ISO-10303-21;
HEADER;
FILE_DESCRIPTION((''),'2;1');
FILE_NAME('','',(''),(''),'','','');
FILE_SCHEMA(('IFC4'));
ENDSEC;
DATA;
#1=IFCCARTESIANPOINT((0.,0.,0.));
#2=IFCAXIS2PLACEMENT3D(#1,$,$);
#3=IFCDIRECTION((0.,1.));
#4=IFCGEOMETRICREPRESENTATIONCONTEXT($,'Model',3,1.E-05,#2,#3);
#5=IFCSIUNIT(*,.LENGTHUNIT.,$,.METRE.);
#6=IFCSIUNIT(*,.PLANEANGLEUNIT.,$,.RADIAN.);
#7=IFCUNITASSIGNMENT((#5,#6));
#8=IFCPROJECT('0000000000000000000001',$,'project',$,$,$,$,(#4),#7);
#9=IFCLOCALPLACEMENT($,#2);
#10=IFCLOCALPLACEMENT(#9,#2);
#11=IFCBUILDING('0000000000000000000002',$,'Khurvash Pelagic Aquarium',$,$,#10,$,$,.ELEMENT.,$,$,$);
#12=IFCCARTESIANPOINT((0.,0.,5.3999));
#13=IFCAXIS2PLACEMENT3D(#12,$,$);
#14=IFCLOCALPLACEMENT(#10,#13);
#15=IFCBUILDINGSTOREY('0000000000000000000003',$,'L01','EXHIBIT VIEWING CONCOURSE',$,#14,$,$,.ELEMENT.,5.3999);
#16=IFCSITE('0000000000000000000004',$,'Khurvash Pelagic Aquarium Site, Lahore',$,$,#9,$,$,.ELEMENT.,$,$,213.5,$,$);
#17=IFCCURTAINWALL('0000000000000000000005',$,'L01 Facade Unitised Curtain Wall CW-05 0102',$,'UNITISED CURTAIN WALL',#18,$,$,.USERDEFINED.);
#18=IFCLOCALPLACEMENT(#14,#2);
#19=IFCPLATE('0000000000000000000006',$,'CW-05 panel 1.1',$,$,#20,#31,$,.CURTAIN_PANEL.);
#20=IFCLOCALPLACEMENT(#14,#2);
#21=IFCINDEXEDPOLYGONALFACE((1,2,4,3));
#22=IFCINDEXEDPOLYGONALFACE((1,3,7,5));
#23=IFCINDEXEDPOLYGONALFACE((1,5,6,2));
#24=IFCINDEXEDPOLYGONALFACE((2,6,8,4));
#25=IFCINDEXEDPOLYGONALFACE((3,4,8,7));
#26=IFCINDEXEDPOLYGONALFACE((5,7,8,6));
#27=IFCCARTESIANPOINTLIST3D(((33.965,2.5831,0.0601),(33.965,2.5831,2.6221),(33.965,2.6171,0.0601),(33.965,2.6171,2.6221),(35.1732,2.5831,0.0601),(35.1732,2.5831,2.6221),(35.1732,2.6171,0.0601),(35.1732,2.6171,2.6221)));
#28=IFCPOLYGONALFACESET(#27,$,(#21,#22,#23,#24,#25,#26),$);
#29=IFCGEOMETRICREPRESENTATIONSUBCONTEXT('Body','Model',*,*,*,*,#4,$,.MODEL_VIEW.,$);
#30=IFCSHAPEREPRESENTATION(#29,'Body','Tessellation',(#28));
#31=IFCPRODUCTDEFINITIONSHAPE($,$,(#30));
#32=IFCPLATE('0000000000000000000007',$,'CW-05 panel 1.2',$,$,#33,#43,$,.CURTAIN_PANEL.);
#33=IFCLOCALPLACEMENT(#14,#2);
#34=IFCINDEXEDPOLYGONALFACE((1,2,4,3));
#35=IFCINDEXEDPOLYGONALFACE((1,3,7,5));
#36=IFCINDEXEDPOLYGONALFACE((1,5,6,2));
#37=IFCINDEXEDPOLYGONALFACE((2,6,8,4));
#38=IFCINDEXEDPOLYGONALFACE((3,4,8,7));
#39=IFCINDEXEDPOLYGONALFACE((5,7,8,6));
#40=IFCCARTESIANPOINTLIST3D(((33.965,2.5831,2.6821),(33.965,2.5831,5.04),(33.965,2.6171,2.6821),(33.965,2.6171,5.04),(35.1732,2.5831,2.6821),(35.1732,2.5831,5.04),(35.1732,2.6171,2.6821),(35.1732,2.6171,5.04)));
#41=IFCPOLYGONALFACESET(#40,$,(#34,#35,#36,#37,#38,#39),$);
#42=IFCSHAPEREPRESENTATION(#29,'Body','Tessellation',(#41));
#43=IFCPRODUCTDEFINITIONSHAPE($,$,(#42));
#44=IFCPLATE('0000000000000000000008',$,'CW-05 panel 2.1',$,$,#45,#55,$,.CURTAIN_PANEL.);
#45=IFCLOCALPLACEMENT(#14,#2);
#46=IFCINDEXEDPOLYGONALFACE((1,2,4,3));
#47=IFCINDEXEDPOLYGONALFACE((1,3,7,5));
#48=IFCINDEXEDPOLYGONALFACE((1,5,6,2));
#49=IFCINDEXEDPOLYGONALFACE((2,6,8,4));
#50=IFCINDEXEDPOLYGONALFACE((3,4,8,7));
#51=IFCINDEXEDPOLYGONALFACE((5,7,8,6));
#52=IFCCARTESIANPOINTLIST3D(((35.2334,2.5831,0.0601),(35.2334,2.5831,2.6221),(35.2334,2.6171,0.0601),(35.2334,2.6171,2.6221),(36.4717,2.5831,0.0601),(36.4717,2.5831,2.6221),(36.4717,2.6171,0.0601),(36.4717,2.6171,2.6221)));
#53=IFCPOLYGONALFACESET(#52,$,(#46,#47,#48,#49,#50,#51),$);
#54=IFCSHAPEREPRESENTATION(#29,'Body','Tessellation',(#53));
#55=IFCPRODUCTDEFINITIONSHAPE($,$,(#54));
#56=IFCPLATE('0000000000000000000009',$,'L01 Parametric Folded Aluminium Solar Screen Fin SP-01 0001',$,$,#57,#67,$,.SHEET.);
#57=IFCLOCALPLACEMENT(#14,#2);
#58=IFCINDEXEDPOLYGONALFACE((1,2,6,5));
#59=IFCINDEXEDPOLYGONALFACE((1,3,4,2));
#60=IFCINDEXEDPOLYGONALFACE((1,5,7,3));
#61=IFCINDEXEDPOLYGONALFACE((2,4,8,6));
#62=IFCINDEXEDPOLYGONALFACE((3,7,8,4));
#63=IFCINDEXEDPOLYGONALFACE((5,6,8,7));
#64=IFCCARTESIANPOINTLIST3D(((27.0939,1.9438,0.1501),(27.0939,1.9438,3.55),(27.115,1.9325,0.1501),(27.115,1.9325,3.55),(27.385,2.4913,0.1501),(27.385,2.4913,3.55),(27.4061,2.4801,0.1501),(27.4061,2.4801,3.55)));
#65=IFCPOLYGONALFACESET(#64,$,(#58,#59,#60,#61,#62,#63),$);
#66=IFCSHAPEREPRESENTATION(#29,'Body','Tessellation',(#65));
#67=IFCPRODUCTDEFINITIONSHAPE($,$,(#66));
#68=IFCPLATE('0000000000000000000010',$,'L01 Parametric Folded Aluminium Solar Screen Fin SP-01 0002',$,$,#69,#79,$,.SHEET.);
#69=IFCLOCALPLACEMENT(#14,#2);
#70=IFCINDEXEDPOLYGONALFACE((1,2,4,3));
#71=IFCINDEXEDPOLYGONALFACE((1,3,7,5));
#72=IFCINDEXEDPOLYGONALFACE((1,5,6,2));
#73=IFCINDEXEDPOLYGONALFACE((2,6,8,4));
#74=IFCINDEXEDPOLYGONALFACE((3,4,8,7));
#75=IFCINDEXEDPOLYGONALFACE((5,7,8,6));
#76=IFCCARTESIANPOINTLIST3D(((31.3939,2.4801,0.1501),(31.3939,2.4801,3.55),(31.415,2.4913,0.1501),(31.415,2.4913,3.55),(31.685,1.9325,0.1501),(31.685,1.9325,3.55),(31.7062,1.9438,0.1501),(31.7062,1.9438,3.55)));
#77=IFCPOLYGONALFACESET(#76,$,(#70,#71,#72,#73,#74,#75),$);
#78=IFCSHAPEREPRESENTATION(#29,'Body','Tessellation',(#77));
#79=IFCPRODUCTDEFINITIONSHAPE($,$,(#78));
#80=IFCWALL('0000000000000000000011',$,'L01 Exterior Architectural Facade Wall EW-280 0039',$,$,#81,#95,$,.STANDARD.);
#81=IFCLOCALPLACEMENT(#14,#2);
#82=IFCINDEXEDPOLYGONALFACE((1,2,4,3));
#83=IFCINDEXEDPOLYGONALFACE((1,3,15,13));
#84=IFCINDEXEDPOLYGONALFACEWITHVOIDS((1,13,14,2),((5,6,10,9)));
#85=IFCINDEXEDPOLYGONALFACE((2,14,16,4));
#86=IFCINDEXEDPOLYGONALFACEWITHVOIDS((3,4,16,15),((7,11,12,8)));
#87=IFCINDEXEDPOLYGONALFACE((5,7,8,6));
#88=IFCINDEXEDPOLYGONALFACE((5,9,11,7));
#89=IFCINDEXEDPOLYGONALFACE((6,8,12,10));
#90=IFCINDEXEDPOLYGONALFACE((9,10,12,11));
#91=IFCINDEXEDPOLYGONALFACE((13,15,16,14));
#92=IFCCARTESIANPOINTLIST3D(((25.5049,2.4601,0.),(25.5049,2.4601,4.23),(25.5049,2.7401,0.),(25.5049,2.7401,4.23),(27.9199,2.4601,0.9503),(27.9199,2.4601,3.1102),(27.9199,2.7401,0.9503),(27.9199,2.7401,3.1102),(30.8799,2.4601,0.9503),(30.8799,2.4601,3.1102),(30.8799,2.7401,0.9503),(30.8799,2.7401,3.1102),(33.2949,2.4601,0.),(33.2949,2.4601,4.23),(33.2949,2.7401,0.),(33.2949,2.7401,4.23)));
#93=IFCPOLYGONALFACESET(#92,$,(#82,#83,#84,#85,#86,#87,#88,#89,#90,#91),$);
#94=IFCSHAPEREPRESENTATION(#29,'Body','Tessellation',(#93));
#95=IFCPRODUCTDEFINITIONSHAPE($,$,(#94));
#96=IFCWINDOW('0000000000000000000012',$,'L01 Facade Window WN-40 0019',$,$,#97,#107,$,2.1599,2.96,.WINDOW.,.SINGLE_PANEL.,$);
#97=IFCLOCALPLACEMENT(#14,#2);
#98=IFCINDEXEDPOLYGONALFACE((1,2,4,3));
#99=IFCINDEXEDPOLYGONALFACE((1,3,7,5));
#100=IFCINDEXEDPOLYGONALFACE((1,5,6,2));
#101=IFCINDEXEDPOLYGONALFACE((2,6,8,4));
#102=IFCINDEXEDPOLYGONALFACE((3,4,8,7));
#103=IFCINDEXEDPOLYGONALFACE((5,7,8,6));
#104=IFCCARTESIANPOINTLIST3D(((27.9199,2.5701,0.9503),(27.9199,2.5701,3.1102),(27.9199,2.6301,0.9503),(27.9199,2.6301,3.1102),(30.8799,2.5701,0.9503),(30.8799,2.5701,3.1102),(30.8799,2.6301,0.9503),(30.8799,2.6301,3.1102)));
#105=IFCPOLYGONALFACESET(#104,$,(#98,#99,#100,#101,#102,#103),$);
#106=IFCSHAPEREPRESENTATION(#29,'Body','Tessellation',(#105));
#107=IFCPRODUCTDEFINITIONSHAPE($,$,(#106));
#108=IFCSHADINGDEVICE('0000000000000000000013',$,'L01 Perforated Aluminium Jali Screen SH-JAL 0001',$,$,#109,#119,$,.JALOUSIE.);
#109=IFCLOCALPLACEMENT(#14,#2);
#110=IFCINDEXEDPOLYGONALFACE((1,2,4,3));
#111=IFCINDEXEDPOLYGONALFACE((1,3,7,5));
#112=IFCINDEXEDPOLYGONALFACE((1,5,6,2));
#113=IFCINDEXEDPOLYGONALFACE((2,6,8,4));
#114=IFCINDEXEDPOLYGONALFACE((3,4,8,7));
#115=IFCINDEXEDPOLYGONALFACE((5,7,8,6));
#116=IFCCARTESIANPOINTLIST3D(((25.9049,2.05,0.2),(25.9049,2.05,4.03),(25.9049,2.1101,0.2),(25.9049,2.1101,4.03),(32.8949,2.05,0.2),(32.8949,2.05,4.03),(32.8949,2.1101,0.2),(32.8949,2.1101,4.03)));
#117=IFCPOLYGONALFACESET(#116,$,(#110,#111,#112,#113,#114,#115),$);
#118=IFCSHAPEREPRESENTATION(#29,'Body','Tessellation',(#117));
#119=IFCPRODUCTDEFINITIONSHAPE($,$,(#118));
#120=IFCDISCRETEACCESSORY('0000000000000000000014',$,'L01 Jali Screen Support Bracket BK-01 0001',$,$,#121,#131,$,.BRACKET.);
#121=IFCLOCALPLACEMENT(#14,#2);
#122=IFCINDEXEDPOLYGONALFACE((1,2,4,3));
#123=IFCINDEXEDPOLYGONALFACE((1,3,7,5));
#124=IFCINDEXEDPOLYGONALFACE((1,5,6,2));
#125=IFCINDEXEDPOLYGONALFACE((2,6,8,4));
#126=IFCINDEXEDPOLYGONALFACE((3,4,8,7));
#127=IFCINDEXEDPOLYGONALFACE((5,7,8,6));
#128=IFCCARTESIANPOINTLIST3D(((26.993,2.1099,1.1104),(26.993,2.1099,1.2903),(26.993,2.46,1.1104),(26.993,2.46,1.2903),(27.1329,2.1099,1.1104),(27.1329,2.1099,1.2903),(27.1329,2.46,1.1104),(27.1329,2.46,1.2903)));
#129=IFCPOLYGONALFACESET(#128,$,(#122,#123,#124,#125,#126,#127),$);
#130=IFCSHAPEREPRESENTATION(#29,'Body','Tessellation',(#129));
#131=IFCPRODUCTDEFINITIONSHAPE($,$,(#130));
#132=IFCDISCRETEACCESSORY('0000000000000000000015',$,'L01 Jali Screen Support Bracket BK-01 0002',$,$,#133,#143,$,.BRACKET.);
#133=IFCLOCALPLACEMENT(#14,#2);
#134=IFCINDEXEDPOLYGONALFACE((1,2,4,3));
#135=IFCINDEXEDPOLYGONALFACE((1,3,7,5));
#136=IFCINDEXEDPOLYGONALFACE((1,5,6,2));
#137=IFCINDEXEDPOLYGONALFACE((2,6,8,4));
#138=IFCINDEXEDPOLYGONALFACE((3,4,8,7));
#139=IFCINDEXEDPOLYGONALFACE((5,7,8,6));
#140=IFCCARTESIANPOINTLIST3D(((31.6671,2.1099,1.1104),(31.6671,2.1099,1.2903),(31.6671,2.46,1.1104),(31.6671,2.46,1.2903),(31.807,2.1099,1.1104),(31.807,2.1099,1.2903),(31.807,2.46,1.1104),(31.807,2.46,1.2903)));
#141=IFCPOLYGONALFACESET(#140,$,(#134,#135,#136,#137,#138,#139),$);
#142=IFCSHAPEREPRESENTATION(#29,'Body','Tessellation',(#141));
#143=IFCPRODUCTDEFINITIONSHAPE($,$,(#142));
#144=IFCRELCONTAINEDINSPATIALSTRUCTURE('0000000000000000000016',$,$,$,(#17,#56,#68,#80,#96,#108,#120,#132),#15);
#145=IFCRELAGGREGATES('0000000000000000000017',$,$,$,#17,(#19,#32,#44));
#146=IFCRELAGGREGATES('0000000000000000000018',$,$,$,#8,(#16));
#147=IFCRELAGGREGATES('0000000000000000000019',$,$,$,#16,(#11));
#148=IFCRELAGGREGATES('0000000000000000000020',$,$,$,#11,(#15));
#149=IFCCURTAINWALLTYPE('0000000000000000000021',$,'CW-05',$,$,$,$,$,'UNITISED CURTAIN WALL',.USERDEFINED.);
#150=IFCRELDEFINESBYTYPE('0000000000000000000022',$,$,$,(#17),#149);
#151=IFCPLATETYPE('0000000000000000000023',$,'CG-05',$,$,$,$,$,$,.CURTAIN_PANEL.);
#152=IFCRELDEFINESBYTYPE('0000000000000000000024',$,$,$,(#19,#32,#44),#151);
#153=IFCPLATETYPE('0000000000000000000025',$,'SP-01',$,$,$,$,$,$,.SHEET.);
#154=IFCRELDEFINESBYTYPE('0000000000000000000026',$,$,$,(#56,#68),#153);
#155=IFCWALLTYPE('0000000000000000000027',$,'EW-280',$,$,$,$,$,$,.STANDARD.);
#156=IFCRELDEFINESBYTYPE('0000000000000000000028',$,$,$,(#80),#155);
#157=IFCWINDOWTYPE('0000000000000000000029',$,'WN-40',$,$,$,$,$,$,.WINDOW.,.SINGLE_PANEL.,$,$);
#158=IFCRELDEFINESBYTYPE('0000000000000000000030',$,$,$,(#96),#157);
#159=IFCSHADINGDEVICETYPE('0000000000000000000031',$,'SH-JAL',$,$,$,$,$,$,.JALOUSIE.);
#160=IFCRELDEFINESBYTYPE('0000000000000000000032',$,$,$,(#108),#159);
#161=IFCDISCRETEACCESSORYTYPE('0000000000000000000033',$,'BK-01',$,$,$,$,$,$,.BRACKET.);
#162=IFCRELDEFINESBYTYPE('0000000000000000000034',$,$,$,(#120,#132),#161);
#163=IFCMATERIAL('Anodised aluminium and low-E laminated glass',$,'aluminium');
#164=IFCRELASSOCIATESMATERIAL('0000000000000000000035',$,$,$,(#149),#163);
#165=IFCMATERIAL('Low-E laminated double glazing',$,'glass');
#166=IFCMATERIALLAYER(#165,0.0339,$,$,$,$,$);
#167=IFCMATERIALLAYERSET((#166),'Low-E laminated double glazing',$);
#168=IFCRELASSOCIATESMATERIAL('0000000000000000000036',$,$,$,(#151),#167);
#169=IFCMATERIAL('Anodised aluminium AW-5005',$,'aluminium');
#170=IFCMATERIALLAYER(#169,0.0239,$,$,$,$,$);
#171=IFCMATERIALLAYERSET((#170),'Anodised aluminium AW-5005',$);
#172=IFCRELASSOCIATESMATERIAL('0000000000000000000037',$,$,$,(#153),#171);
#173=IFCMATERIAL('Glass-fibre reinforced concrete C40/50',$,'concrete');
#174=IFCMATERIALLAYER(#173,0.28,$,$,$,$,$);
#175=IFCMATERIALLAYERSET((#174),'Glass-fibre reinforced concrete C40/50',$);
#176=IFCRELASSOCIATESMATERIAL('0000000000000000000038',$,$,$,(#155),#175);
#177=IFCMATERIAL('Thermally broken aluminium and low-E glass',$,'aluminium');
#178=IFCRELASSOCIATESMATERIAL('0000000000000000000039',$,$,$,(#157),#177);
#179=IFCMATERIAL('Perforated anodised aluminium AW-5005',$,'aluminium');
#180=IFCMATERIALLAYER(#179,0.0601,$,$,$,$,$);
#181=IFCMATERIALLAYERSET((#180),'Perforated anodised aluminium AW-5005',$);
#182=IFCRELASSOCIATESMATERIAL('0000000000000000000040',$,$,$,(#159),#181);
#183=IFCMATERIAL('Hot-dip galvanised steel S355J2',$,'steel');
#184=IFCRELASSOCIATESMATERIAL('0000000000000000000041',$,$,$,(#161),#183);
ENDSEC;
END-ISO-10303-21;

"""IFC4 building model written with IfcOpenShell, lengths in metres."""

from ifc_helpers import new_model, si_unit, direction, frame, frame_2d, origin, origin_2d, place, context, subcontext, project, spatial, rectangle, extrude, material, layer, layer_set, type_object, element, fill, aggregate, save


model = new_model("IFC4")

# Units and contexts
model_context = context("Model", 3, precision=1e-05, world=origin(), true_north=direction((0.0, 1.0)))
body_context = subcontext(model_context, "Body", "Model", "MODEL_VIEW")
ifc_project = project(units=[si_unit("LENGTHUNIT", "METRE"), si_unit("PLANEANGLEUNIT", "RADIAN")], contexts=[model_context])

# Site, building, storey
site_placement = place(None, origin())
site = spatial("IfcSite", under=ifc_project, at=site_placement, Name="Khurvash Pelagic Aquarium Site, Lahore", CompositionType="ELEMENT", RefElevation=213.5)
building_placement = place(site_placement, origin())
building = spatial("IfcBuilding", under=site, at=building_placement, Name="Khurvash Pelagic Aquarium", CompositionType="ELEMENT")
storey_placement = place(building_placement, frame((0.0, 0.0, 5.3999)))
storey = spatial("IfcBuildingStorey", under=building, at=storey_placement, Name="L01", Description="EXHIBIT VIEWING CONCOURSE", CompositionType="ELEMENT", Elevation=5.3999)

# Curtain wall
ifc_material_1 = material(Name="Anodised aluminium and low-E laminated glass", Category="aluminium")
curtain_wall_type = type_object("IfcCurtainWallType", Name="CW-05", ElementType="UNITISED CURTAIN WALL", PredefinedType="USERDEFINED", material=ifc_material_1)
curtain_wall_placement = place(storey_placement, origin())
curtain_wall = element("IfcCurtainWall", 1, at=curtain_wall_placement, inside=storey, type_object=curtain_wall_type, Name="L01 Facade Unitised Curtain Wall CW-05 0102", ObjectType="UNITISED CURTAIN WALL", PredefinedType="USERDEFINED")

# Plates
ifc_material_2 = material(Name="Low-E laminated double glazing", Category="glass")
ifc_layer_1 = layer(ifc_material_2, 0.0339)
ifc_layer_set_1 = layer_set([ifc_layer_1], Name="Low-E laminated double glazing")
plate_type_1 = type_object("IfcPlateType", Name="CG-05", PredefinedType="CURTAIN_PANEL", material=ifc_layer_set_1)
plate_1_placement = place(storey_placement, frame((34.5691, 2.6001, 0.0601), z_axis=(0.0, 0.0, 1.0), x_axis=(1.0, 0.0, 0.0)))
plate_1 = element("IfcPlate", 2, at=plate_1_placement, type_object=plate_type_1, Name="CW-05 panel 1.1", PredefinedType="CURTAIN_PANEL", context=body_context, shape_type="SweptSolid", body=[
    extrude(rectangle(XDim=1.2083, YDim=0.0339, at=origin_2d()), origin(), (0.0, 0.0, 1.0), 2.562),
])
plate_2_placement = place(storey_placement, frame((34.5691, 2.6001, 2.6821), z_axis=(0.0, 0.0, 1.0), x_axis=(1.0, 0.0, 0.0)))
plate_2 = element("IfcPlate", 3, at=plate_2_placement, type_object=plate_type_1, Name="CW-05 panel 1.2", PredefinedType="CURTAIN_PANEL", context=body_context, shape_type="SweptSolid", body=[
    extrude(rectangle(XDim=1.2083, YDim=0.0339, at=origin_2d()), origin(), (0.0, 0.0, 1.0), 2.3579),
])
plate_3_placement = place(storey_placement, frame((35.8525, 2.6001, 0.0601), z_axis=(0.0, 0.0, 1.0), x_axis=(1.0, 0.0, 0.0)))
plate_3 = element("IfcPlate", 4, at=plate_3_placement, type_object=plate_type_1, Name="CW-05 panel 2.1", PredefinedType="CURTAIN_PANEL", context=body_context, shape_type="SweptSolid", body=[
    extrude(rectangle(XDim=1.2383, YDim=0.0339, at=origin_2d()), origin(), (0.0, 0.0, 1.0), 2.562),
])
aggregate(curtain_wall, [plate_1, plate_2, plate_3])

# Plates
ifc_material_3 = material(Name="Anodised aluminium AW-5005", Category="aluminium")
ifc_layer_2 = layer(ifc_material_3, 0.0239)
ifc_layer_set_2 = layer_set([ifc_layer_2], Name="Anodised aluminium AW-5005")
plate_type_2 = type_object("IfcPlateType", Name="SP-01", PredefinedType="SHEET", material=ifc_layer_set_2)
for number, where, z_axis, x_axis, name in (
    (5, (27.25, 2.2119, 0.1501), (0.0, 0.0, 1.0), (-0.469472, -0.882948, 0.0), "L01 Parametric Folded Aluminium Solar Screen Fin SP-01 0001"),
    (6, (31.55, 2.2119, 0.1501), (0.0, 0.0, 1.0), (0.469472, -0.882948, 0.0), "L01 Parametric Folded Aluminium Solar Screen Fin SP-01 0002"),
):
    element("IfcPlate", number, at=place(storey_placement, frame(where, z_axis=z_axis, x_axis=x_axis)), inside=storey, type_object=plate_type_2, Name=name, PredefinedType="SHEET", context=body_context, shape_type="SweptSolid", body=[
        extrude(rectangle(XDim=0.6201, YDim=0.0239, at=origin_2d()), origin(), (0.0, 0.0, 1.0), 3.3999),
    ])

# Wall, opening, window
ifc_material_4 = material(Name="Glass-fibre reinforced concrete C40/50", Category="concrete")
ifc_layer_3 = layer(ifc_material_4, 0.28)
ifc_layer_set_3 = layer_set([ifc_layer_3], Name="Glass-fibre reinforced concrete C40/50")
wall_type = type_object("IfcWallType", Name="EW-280", PredefinedType="STANDARD", material=ifc_layer_set_3)
wall_placement = place(storey_placement, frame((25.5049, 2.6001, 0.0), z_axis=(0.0, 0.0, 1.0), x_axis=(1.0, 0.0, 0.0)))
wall = element("IfcWall", 7, at=wall_placement, inside=storey, type_object=wall_type, Name="L01 Exterior Architectural Facade Wall EW-280 0039", PredefinedType="STANDARD", context=body_context, shape_type="SweptSolid", body=[
    extrude(rectangle(XDim=7.79, YDim=0.28, at=frame_2d((3.895, 0.0))), origin(), (0.0, 0.0, 1.0), 4.23),
])
opening_placement = place(wall_placement, frame((2.415, 0.0, 0.9502)))
opening = element("IfcOpeningElement", 8, at=opening_placement, cuts=wall, PredefinedType="OPENING", context=body_context, shape_type="SweptSolid", body=[
    extrude(rectangle(XDim=2.96, YDim=2.1599, at=frame_2d((1.48, 1.0801))), frame((0.0, 0.1499, 0.0), z_axis=(0.0, -1.0, 0.0), x_axis=(1.0, 0.0, 0.0)), (0.0, 0.0, 1.0), 0.3),
])
ifc_material_5 = material(Name="Thermally broken aluminium and low-E glass", Category="aluminium")
window_type = type_object("IfcWindowType", Name="WN-40", PartitioningType="SINGLE_PANEL", PredefinedType="WINDOW", material=ifc_material_5)
window_placement = place(opening_placement, origin())
window = element("IfcWindow", 9, at=window_placement, inside=storey, type_object=window_type, Name="L01 Facade Window WN-40 0019", OverallHeight=2.1599, OverallWidth=2.96, PartitioningType="SINGLE_PANEL", PredefinedType="WINDOW", context=body_context, shape_type="SweptSolid", body=[
    extrude(rectangle(XDim=2.96, YDim=2.1599, at=frame_2d((1.48, 1.0801))), frame((0.0, 0.03, 0.0), z_axis=(0.0, -1.0, 0.0), x_axis=(1.0, 0.0, 0.0)), (0.0, 0.0, 1.0), 0.0601),
])
fill(opening, window)

# Shading device
ifc_material_6 = material(Name="Perforated anodised aluminium AW-5005", Category="aluminium")
ifc_layer_4 = layer(ifc_material_6, 0.0601)
ifc_layer_set_4 = layer_set([ifc_layer_4], Name="Perforated anodised aluminium AW-5005")
shading_device_type = type_object("IfcShadingDeviceType", Name="SH-JAL", PredefinedType="JALOUSIE", material=ifc_layer_set_4)
shading_device_placement = place(storey_placement, frame((29.3999, 2.0801, 0.2), z_axis=(0.0, 0.0, 1.0), x_axis=(1.0, 0.0, 0.0)))
element("IfcShadingDevice", 10, at=shading_device_placement, inside=storey, type_object=shading_device_type, Name="L01 Perforated Aluminium Jali Screen SH-JAL 0001", PredefinedType="JALOUSIE", context=body_context, shape_type="SweptSolid", body=[
    extrude(rectangle(XDim=6.99, YDim=0.0601, at=origin_2d()), origin(), (0.0, 0.0, 1.0), 3.8301),
])

# Discrete accessories
ifc_material_7 = material(Name="Hot-dip galvanised steel S355J2", Category="steel")
discrete_accessory_type = type_object("IfcDiscreteAccessoryType", Name="BK-01", PredefinedType="BRACKET", material=ifc_material_7)
for number, where, z_axis, x_axis, name in (
    (11, (27.063, 2.2849, 1.1104), (0.0, 0.0, 1.0), (1.0, 0.0, 0.0), "L01 Jali Screen Support Bracket BK-01 0001"),
    (12, (31.7371, 2.2849, 1.1104), (0.0, 0.0, 1.0), (1.0, 0.0, 0.0), "L01 Jali Screen Support Bracket BK-01 0002"),
):
    element("IfcDiscreteAccessory", number, at=place(storey_placement, frame(where, z_axis=z_axis, x_axis=x_axis)), inside=storey, type_object=discrete_accessory_type, Name=name, PredefinedType="BRACKET", context=body_context, shape_type="SweptSolid", body=[
        extrude(rectangle(XDim=0.1399, YDim=0.3501, at=origin_2d()), origin(), (0.0, 0.0, 1.0), 0.1799),
    ])

save(model, "model.ifc")
